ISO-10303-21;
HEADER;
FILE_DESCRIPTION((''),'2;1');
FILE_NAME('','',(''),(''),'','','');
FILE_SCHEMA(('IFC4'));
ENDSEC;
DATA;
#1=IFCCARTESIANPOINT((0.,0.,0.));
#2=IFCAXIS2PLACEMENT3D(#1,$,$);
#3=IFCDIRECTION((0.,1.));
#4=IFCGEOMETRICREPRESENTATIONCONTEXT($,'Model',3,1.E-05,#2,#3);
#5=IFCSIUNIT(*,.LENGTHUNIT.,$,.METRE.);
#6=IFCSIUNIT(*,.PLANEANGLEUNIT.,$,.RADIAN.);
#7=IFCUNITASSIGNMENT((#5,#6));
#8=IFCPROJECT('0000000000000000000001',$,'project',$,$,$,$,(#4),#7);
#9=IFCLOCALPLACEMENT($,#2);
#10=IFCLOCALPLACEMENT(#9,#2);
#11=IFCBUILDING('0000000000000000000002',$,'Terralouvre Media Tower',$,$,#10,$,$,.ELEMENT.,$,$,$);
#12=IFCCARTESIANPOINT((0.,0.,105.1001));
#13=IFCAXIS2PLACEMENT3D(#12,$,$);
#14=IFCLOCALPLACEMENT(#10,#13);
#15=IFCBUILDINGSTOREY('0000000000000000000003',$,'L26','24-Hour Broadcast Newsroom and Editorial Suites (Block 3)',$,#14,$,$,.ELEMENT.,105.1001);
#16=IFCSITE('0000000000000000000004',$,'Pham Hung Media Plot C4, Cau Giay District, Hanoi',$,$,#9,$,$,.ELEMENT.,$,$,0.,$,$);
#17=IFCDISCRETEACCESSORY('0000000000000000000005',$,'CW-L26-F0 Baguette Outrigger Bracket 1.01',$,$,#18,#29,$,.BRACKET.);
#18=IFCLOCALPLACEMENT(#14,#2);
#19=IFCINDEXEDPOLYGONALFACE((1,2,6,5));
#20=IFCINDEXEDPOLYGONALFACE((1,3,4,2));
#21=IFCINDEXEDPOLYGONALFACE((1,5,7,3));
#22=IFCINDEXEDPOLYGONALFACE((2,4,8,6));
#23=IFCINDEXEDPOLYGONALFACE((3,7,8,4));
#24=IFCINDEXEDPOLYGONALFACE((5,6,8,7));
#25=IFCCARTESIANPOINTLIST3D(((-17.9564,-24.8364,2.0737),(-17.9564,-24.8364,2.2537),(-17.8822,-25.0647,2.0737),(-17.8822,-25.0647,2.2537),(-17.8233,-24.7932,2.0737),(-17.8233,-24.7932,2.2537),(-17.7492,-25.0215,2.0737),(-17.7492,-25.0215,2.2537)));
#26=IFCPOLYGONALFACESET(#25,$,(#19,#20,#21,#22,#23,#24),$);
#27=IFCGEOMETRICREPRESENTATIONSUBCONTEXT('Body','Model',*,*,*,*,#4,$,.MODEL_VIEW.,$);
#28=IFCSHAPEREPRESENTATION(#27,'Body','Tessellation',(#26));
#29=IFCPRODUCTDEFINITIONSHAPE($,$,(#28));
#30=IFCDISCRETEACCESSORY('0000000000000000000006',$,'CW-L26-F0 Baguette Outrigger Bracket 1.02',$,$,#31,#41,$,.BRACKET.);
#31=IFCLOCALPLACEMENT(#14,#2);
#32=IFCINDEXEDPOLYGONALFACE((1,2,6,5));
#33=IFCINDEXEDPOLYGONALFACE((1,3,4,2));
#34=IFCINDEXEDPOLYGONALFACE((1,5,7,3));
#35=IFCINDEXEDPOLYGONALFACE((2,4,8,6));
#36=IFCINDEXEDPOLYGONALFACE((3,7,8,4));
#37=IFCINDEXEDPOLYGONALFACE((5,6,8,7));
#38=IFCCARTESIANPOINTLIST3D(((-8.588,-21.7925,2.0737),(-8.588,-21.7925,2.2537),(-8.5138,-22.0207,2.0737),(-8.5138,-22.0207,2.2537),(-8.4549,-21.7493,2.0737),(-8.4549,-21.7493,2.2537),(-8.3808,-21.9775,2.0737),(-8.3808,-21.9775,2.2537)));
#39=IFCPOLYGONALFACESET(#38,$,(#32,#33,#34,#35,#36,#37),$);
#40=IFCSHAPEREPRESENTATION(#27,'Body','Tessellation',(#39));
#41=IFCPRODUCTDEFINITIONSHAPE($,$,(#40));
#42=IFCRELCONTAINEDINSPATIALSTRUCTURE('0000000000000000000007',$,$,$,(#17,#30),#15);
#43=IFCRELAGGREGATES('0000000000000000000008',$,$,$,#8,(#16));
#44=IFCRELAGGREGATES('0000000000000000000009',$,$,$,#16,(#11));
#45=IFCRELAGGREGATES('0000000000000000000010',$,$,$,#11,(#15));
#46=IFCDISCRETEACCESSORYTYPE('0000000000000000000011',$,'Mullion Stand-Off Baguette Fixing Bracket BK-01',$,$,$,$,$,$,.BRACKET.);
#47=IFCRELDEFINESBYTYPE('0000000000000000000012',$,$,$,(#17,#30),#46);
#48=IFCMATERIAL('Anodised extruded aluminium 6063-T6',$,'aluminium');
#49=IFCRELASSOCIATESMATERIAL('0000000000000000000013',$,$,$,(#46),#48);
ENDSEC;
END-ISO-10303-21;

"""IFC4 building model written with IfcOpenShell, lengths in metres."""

from ifc_helpers import new_model, si_unit, direction, frame, origin, origin_2d, place, context, subcontext, project, spatial, rectangle, extrude, material, type_object, element, save


model = new_model("IFC4")

# Units and contexts
model_context = context("Model", 3, precision=1e-05, world=origin(), true_north=direction((0.0, 1.0)))
body_context = subcontext(model_context, "Body", "Model", "MODEL_VIEW")
ifc_project = project(units=[si_unit("LENGTHUNIT", "METRE"), si_unit("PLANEANGLEUNIT", "RADIAN")], contexts=[model_context])

# Site, building, storey
site_placement = place(None, origin())
site = spatial("IfcSite", under=ifc_project, at=site_placement, Name="Pham Hung Media Plot C4, Cau Giay District, Hanoi", CompositionType="ELEMENT", RefElevation=0.0)
building_placement = place(site_placement, origin())
building = spatial("IfcBuilding", under=site, at=building_placement, Name="Terralouvre Media Tower", CompositionType="ELEMENT")
storey_placement = place(building_placement, frame((0.0, 0.0, 105.1001)))
storey = spatial("IfcBuildingStorey", under=building, at=storey_placement, Name="L26", Description="24-Hour Broadcast Newsroom and Editorial Suites (Block 3)", CompositionType="ELEMENT", Elevation=105.1001)

# Discrete accessories
ifc_material_1 = material(Name="Anodised extruded aluminium 6063-T6", Category="aluminium")
discrete_accessory_type = type_object("IfcDiscreteAccessoryType", Name="Mullion Stand-Off Baguette Fixing Bracket BK-01", PredefinedType="BRACKET", material=ifc_material_1)
for number, where, z_axis, x_axis, name in (
    (1, (-17.8528, -24.929, 2.0737), (0.0, 0.0, 1.0), (0.951057, 0.309017, 0.0), "CW-L26-F0 Baguette Outrigger Bracket 1.01"),
    (2, (-8.4844, -21.885, 2.0737), (0.0, 0.0, 1.0), (0.951057, 0.309017, 0.0), "CW-L26-F0 Baguette Outrigger Bracket 1.02"),
):
    element("IfcDiscreteAccessory", number, at=place(storey_placement, frame(where, z_axis=z_axis, x_axis=x_axis)), inside=storey, type_object=discrete_accessory_type, Name=name, PredefinedType="BRACKET", context=body_context, shape_type="SweptSolid", body=[
        extrude(rectangle(XDim=0.1399, YDim=0.24, at=origin_2d()), origin(), (0.0, 0.0, 1.0), 0.1799),
    ])

save(model, "model.ifc")
